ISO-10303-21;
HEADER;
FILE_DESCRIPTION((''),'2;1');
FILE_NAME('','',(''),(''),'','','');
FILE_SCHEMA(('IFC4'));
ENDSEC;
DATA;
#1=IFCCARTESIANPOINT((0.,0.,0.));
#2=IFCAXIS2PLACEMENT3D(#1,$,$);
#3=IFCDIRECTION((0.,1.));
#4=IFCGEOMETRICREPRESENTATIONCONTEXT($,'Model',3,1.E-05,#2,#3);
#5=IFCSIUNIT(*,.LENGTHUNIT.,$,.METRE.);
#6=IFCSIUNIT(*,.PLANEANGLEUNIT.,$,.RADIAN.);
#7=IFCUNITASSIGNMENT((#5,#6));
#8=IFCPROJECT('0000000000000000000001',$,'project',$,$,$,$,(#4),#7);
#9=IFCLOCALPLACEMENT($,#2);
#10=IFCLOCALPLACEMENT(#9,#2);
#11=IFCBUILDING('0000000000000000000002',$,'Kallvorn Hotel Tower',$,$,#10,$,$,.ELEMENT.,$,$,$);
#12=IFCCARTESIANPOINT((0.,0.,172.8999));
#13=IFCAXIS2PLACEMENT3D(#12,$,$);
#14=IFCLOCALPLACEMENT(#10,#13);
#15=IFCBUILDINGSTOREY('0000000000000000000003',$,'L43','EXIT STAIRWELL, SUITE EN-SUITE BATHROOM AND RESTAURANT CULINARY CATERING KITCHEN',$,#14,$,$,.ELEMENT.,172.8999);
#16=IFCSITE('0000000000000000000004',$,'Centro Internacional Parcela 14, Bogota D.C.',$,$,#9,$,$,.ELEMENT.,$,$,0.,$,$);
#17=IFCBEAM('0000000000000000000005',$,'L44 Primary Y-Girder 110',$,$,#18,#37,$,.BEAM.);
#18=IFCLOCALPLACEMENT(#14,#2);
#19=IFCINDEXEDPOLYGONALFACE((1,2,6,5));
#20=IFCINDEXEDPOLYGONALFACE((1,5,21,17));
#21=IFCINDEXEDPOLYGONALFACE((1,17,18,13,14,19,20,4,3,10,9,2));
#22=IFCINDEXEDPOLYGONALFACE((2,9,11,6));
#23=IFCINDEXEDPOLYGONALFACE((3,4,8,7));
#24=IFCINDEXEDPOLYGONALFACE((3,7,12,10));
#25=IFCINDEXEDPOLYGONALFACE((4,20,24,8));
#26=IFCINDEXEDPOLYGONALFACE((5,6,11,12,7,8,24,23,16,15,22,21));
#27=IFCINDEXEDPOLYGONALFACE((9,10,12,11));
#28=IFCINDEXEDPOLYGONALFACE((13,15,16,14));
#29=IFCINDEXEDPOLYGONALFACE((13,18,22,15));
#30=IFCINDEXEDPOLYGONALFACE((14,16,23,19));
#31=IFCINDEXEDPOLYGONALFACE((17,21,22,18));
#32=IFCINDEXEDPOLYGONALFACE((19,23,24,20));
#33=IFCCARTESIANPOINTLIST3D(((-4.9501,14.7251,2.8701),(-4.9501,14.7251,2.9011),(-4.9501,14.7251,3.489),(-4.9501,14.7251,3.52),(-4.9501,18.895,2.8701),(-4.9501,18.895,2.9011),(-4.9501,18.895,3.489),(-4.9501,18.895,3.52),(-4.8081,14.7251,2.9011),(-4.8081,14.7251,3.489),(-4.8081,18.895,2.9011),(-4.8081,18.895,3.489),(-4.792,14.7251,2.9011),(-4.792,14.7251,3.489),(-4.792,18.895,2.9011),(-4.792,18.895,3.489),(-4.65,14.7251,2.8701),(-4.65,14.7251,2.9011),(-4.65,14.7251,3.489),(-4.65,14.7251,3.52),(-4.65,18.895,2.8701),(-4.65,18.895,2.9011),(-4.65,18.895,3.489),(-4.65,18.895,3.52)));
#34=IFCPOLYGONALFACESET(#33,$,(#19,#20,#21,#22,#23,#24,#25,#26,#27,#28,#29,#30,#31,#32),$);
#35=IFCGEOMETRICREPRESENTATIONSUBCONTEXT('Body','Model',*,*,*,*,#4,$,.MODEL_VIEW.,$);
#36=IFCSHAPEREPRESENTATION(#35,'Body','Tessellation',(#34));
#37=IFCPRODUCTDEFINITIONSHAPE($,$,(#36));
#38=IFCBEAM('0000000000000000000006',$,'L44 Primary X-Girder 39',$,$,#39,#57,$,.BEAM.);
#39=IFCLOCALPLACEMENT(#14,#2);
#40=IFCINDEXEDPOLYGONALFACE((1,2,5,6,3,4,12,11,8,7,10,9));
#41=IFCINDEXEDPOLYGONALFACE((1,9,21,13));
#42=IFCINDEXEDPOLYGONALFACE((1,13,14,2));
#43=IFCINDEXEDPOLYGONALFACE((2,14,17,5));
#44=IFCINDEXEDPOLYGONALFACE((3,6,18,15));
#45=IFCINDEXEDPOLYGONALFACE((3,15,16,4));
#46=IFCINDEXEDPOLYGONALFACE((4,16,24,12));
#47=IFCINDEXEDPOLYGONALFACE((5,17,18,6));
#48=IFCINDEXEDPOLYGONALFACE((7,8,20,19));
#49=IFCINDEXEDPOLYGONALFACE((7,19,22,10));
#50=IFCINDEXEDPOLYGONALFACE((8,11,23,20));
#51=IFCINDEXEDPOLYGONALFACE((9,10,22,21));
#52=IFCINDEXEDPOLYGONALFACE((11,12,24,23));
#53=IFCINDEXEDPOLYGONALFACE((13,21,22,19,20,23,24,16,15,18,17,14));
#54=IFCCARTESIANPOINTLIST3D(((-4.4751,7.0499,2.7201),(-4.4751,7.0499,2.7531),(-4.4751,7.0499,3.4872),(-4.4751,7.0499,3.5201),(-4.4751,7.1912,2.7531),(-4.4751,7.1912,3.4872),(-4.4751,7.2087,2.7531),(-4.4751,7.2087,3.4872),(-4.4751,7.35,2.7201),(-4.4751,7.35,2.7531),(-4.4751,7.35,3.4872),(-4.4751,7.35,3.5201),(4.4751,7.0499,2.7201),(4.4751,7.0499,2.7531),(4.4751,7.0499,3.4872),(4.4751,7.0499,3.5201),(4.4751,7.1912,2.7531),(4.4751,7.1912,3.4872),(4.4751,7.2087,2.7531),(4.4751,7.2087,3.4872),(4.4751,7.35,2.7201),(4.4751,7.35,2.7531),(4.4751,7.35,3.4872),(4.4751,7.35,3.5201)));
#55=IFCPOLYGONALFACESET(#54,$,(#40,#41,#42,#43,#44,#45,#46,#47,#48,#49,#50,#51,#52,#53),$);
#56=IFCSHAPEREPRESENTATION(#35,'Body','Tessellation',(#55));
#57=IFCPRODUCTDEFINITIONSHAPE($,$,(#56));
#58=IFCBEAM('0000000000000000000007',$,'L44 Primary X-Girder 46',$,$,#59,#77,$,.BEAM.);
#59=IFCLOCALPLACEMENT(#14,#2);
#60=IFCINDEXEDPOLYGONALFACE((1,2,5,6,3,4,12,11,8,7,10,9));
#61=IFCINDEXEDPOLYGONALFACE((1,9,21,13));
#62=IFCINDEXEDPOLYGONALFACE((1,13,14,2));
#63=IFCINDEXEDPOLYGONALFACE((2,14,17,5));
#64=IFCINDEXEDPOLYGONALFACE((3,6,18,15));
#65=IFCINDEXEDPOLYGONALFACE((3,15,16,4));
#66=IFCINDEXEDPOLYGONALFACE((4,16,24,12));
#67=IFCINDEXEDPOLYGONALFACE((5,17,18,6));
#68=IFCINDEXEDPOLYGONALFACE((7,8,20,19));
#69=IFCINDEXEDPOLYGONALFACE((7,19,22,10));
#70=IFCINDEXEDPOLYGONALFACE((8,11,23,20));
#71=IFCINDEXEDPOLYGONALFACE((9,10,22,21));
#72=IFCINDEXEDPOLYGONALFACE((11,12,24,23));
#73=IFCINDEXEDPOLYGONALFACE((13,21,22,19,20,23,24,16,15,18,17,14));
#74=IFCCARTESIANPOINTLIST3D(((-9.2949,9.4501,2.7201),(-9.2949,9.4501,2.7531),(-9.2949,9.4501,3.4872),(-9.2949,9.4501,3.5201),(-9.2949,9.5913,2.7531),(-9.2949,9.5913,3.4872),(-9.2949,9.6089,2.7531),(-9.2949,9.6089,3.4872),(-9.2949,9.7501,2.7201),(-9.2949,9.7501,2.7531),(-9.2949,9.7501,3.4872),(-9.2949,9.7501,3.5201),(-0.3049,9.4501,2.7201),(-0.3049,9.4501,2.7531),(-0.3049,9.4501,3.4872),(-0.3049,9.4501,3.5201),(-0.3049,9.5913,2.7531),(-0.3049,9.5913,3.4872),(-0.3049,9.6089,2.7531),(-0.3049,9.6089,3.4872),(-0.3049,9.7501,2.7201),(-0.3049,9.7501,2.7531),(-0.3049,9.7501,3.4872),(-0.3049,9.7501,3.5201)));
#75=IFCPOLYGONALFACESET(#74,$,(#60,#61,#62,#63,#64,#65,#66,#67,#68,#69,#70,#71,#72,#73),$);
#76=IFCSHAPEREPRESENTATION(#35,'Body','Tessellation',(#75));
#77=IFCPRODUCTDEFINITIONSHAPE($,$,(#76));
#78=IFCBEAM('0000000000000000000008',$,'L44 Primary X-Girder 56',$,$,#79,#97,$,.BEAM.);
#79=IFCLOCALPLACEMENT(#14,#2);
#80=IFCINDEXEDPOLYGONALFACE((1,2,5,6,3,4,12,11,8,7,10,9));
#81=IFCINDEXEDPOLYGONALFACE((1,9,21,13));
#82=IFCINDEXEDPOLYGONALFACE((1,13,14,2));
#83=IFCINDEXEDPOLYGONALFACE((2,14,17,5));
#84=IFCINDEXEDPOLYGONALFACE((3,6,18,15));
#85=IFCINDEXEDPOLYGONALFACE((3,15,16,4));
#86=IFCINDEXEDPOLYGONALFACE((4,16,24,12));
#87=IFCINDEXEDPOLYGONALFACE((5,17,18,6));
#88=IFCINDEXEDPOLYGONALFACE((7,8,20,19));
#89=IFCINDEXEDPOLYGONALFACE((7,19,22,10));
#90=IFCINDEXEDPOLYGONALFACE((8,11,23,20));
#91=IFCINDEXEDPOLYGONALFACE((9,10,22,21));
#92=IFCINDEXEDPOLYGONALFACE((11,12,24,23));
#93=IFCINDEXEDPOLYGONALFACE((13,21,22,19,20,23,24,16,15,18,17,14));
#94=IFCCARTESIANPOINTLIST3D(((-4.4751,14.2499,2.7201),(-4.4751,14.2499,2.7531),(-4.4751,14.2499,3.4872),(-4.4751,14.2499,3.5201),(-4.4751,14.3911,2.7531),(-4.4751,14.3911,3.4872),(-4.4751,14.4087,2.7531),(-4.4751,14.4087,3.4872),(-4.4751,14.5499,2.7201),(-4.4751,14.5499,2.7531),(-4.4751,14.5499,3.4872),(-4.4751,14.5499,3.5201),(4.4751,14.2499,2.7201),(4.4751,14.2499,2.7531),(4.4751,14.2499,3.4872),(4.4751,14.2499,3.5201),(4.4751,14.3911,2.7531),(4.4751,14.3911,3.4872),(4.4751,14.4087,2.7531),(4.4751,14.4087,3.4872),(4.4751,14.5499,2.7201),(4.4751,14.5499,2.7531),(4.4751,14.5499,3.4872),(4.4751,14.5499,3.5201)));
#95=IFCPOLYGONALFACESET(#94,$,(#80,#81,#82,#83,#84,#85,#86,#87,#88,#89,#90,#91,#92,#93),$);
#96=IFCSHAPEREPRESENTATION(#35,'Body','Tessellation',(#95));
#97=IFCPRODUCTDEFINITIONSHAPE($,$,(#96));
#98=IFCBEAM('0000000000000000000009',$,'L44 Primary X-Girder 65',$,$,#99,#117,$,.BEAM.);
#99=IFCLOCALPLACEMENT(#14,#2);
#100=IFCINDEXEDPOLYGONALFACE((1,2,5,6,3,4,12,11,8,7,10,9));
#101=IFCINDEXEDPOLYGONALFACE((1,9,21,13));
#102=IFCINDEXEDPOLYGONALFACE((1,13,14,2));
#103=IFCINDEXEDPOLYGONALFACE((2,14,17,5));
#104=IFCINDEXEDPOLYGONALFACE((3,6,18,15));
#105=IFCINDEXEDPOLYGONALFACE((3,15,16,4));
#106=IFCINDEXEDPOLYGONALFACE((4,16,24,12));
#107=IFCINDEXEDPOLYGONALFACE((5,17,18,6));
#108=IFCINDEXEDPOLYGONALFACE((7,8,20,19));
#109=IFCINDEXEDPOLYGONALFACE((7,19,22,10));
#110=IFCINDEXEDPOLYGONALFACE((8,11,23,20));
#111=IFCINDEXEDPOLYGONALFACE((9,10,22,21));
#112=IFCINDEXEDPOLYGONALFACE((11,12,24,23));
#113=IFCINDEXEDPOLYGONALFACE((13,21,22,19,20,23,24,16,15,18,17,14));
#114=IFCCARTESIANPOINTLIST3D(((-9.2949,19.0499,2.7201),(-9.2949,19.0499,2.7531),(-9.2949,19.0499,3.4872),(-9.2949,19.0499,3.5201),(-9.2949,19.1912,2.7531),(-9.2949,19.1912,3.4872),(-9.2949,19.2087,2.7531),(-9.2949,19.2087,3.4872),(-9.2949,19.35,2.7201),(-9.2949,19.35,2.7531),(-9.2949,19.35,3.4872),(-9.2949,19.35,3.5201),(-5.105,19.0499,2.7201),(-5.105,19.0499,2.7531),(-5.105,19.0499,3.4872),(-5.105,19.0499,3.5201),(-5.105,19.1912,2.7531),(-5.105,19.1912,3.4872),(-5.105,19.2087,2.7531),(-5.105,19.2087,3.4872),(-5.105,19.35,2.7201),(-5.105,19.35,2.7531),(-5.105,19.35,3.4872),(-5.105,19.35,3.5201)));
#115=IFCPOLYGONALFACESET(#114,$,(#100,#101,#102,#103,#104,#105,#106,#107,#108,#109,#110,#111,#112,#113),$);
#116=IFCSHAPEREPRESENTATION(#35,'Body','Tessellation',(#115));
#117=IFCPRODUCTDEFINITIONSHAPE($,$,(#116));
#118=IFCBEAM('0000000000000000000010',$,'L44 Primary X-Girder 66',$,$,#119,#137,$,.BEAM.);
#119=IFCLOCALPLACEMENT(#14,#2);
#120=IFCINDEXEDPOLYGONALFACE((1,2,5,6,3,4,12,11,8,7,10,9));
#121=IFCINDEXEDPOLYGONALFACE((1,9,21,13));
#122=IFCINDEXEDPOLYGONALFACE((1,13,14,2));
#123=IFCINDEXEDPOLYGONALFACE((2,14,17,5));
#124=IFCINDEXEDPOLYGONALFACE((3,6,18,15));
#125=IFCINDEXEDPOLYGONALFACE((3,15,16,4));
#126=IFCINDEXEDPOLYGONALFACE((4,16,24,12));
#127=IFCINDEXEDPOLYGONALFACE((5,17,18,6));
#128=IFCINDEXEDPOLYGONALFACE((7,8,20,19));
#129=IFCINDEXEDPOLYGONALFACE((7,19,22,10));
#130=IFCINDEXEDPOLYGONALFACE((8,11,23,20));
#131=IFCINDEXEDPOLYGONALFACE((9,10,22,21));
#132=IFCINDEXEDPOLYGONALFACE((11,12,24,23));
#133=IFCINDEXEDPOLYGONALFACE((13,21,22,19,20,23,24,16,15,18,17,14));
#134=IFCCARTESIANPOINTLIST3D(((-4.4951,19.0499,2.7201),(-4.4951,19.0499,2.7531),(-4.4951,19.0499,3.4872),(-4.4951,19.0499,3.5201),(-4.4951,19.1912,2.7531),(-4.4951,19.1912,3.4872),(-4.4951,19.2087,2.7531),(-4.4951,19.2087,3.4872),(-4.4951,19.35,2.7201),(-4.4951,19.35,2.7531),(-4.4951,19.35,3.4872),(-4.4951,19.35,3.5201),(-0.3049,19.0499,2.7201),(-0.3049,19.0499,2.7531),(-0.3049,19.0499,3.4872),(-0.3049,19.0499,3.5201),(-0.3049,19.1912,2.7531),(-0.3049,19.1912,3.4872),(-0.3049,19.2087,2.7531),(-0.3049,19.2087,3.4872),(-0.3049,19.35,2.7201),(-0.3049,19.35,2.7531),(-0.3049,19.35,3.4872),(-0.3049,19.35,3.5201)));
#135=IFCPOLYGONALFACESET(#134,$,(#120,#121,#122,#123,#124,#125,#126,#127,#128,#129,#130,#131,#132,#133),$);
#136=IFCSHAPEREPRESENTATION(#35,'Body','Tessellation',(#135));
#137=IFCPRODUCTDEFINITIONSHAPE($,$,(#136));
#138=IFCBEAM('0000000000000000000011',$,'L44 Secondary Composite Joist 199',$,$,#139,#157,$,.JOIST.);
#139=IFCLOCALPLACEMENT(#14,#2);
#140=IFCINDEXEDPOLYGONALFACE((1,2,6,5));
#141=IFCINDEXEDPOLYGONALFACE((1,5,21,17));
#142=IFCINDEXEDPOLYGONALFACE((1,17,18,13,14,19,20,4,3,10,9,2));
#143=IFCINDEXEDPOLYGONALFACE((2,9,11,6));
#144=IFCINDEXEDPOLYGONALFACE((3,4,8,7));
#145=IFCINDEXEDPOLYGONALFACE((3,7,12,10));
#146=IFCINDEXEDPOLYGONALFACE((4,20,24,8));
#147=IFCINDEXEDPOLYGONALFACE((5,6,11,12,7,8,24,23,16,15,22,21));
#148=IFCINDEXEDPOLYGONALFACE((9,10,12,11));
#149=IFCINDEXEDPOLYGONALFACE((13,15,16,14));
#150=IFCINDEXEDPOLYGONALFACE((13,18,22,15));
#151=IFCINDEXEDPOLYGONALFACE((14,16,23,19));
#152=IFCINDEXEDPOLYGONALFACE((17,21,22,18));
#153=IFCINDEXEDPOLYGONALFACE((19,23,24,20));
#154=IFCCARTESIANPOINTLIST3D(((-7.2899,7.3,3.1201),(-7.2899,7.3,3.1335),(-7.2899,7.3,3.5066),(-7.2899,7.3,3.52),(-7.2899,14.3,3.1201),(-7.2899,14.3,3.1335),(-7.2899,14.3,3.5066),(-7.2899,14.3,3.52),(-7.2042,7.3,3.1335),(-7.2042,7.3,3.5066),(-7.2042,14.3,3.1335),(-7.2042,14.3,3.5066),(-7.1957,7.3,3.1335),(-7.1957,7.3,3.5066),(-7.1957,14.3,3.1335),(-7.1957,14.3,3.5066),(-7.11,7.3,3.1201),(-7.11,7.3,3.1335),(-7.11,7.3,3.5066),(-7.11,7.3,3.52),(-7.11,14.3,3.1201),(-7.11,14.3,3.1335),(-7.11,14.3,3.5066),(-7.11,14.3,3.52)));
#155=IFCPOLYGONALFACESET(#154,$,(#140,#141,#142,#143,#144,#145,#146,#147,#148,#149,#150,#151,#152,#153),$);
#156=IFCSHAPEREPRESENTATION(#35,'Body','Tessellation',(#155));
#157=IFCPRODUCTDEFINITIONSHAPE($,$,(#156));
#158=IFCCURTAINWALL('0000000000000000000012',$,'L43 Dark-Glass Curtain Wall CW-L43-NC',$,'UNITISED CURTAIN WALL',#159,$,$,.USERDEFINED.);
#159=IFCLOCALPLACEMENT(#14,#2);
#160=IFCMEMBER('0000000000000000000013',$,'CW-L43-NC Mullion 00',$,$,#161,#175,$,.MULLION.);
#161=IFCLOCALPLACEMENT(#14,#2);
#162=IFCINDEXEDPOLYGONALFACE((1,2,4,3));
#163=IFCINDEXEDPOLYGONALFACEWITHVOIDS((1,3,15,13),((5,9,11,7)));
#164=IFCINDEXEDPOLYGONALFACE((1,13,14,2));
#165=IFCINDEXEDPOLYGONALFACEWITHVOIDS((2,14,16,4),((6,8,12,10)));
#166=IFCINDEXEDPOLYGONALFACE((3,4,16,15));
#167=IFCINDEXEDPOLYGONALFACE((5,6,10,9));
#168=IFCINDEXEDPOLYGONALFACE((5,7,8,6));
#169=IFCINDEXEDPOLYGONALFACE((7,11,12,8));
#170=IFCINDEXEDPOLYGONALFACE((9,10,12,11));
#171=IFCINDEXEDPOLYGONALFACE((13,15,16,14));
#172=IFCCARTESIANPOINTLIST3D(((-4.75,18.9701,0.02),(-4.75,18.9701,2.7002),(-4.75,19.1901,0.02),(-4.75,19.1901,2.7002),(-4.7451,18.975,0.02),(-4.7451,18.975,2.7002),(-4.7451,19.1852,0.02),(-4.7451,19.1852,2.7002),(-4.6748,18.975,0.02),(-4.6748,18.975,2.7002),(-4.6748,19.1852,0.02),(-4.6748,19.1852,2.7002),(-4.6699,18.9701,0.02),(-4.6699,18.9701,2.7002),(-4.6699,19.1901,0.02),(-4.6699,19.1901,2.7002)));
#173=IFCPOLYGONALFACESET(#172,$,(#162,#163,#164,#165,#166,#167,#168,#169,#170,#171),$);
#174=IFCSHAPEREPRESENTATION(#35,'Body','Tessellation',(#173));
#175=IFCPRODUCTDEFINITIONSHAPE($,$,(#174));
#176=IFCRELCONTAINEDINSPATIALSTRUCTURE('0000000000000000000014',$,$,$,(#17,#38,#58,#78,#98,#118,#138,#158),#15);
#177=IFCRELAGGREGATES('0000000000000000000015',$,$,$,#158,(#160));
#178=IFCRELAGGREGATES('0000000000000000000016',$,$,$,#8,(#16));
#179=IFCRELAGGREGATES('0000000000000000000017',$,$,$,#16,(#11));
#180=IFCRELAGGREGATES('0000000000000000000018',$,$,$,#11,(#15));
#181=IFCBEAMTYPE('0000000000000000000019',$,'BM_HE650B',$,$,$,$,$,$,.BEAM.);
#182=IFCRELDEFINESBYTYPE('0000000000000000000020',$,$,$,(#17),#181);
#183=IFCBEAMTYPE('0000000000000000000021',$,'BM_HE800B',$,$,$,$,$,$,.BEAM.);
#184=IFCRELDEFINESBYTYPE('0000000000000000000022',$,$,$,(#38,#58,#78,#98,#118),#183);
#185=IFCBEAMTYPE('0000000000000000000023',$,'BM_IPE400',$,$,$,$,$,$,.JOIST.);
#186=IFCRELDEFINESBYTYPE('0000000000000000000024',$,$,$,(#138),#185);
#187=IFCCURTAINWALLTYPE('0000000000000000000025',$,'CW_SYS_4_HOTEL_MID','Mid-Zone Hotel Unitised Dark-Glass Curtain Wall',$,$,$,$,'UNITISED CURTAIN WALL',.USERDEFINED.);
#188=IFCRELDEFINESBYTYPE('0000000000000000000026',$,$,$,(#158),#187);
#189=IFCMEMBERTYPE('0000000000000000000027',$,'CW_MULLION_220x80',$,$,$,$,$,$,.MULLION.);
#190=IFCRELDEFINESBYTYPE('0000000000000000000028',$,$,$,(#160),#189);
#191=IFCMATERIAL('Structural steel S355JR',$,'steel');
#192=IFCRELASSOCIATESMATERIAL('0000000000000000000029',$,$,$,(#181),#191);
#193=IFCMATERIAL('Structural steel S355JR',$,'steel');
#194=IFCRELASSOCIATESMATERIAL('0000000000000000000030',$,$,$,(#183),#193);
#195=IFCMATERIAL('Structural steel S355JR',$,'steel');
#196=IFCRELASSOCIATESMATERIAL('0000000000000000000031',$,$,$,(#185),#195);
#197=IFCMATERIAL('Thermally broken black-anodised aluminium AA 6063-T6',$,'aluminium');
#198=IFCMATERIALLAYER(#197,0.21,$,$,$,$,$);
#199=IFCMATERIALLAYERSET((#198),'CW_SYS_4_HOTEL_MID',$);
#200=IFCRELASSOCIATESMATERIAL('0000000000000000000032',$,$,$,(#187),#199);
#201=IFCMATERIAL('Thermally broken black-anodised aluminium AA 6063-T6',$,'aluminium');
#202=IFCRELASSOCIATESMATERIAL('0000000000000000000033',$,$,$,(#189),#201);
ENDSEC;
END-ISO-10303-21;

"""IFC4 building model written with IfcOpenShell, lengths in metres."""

from ifc_helpers import new_model, si_unit, direction, frame, origin, origin_2d, place, context, subcontext, project, spatial, hollow_rectangle, i_section, extrude, material, layer, layer_set, material_profile, profile_set, type_object, element, aggregate, save


model = new_model("IFC4")

# Units and contexts
model_context = context("Model", 3, precision=1e-05, world=origin(), true_north=direction((0.0, 1.0)))
body_context = subcontext(model_context, "Body", "Model", "MODEL_VIEW")
ifc_project = project(units=[si_unit("LENGTHUNIT", "METRE"), si_unit("PLANEANGLEUNIT", "RADIAN")], contexts=[model_context])

# Site, building, storey
site_placement = place(None, origin())
site = spatial("IfcSite", under=ifc_project, at=site_placement, Name="Centro Internacional Parcela 14, Bogota D.C.", CompositionType="ELEMENT", RefElevation=0.0)
building_placement = place(site_placement, origin())
building = spatial("IfcBuilding", under=site, at=building_placement, Name="Kallvorn Hotel Tower", CompositionType="ELEMENT")
storey_placement = place(building_placement, frame((0.0, 0.0, 172.8999)))
storey = spatial("IfcBuildingStorey", under=building, at=storey_placement, Name="L43", Description="EXIT STAIRWELL, SUITE EN-SUITE BATHROOM AND RESTAURANT CULINARY CATERING KITCHEN", CompositionType="ELEMENT", Elevation=172.8999)

# Beams
ifc_material_1 = material(Name="Structural steel S355JR", Category="steel")
ifc_material_profile_1 = material_profile(ifc_material_1, i_section(OverallWidth=0.3, OverallDepth=0.6499, WebThickness=0.0161, FlangeThickness=0.031, at=origin_2d()), Name="HE 650 B")
ifc_profile_set_1 = profile_set([ifc_material_profile_1], Name="Structural steel S355JR")
beam_type_1 = type_object("IfcBeamType", Name="BM_HE650B", PredefinedType="BEAM", material=ifc_profile_set_1)
beam_1_placement = place(storey_placement, frame((-4.8, 14.7251, 3.1951), z_axis=(0.0, 1.0, 0.0), x_axis=(-1.0, 0.0, 0.0)))
element("IfcBeam", 1, at=beam_1_placement, inside=storey, type_object=beam_type_1, Name="L44 Primary Y-Girder 110", PredefinedType="BEAM", context=body_context, shape_type="SweptSolid", body=[
    extrude(i_section(OverallWidth=0.3, OverallDepth=0.6499, WebThickness=0.0161, FlangeThickness=0.031, at=origin_2d()), origin(), (0.0, 0.0, 1.0), 4.1699),
])
ifc_material_2 = material(Name="Structural steel S355JR", Category="steel")
ifc_material_profile_2 = material_profile(ifc_material_2, i_section(OverallWidth=0.3, OverallDepth=0.8, WebThickness=0.0176, FlangeThickness=0.033, at=origin_2d()), Name="HE 800 B")
ifc_profile_set_2 = profile_set([ifc_material_profile_2], Name="Structural steel S355JR")
beam_type_2 = type_object("IfcBeamType", Name="BM_HE800B", PredefinedType="BEAM", material=ifc_profile_set_2)
beam_2_placement = place(storey_placement, frame((-4.4751, 7.2, 3.1201), z_axis=(1.0, 0.0, 0.0), x_axis=(0.0, 1.0, 0.0)))
element("IfcBeam", 2, at=beam_2_placement, inside=storey, type_object=beam_type_2, Name="L44 Primary X-Girder 39", PredefinedType="BEAM", context=body_context, shape_type="SweptSolid", body=[
    extrude(i_section(OverallWidth=0.3, OverallDepth=0.8, WebThickness=0.0176, FlangeThickness=0.033, at=origin_2d()), origin(), (0.0, 0.0, 1.0), 8.9502),
])
beam_3_placement = place(storey_placement, frame((-9.2949, 9.6001, 3.1201), z_axis=(1.0, 0.0, 0.0), x_axis=(0.0, 1.0, 0.0)))
element("IfcBeam", 3, at=beam_3_placement, inside=storey, type_object=beam_type_2, Name="L44 Primary X-Girder 46", PredefinedType="BEAM", context=body_context, shape_type="SweptSolid", body=[
    extrude(i_section(OverallWidth=0.3, OverallDepth=0.8, WebThickness=0.0176, FlangeThickness=0.033, at=origin_2d()), origin(), (0.0, 0.0, 1.0), 8.99),
])
beam_4_placement = place(storey_placement, frame((-4.4751, 14.3999, 3.1201), z_axis=(1.0, 0.0, 0.0), x_axis=(0.0, 1.0, 0.0)))
element("IfcBeam", 4, at=beam_4_placement, inside=storey, type_object=beam_type_2, Name="L44 Primary X-Girder 56", PredefinedType="BEAM", context=body_context, shape_type="SweptSolid", body=[
    extrude(i_section(OverallWidth=0.3, OverallDepth=0.8, WebThickness=0.0176, FlangeThickness=0.033, at=origin_2d()), origin(), (0.0, 0.0, 1.0), 8.9502),
])
beam_5_placement = place(storey_placement, frame((-9.2949, 19.2, 3.1201), z_axis=(1.0, 0.0, 0.0), x_axis=(0.0, 1.0, 0.0)))
element("IfcBeam", 5, at=beam_5_placement, inside=storey, type_object=beam_type_2, Name="L44 Primary X-Girder 65", PredefinedType="BEAM", context=body_context, shape_type="SweptSolid", body=[
    extrude(i_section(OverallWidth=0.3, OverallDepth=0.8, WebThickness=0.0176, FlangeThickness=0.033, at=origin_2d()), origin(), (0.0, 0.0, 1.0), 4.1899),
])
beam_6_placement = place(storey_placement, frame((-4.4951, 19.2, 3.1201), z_axis=(1.0, 0.0, 0.0), x_axis=(0.0, 1.0, 0.0)))
element("IfcBeam", 6, at=beam_6_placement, inside=storey, type_object=beam_type_2, Name="L44 Primary X-Girder 66", PredefinedType="BEAM", context=body_context, shape_type="SweptSolid", body=[
    extrude(i_section(OverallWidth=0.3, OverallDepth=0.8, WebThickness=0.0176, FlangeThickness=0.033, at=origin_2d()), origin(), (0.0, 0.0, 1.0), 4.1902),
])
ifc_material_3 = material(Name="Structural steel S355JR", Category="steel")
ifc_material_profile_3 = material_profile(ifc_material_3, i_section(OverallWidth=0.1799, OverallDepth=0.3999, WebThickness=0.0085, FlangeThickness=0.0134, at=origin_2d()), Name="IPE 400")
ifc_profile_set_3 = profile_set([ifc_material_profile_3], Name="Structural steel S355JR")
beam_type_3 = type_object("IfcBeamType", Name="BM_IPE400", PredefinedType="JOIST", material=ifc_profile_set_3)
beam_7_placement = place(storey_placement, frame((-7.2, 7.3, 3.3201), z_axis=(0.0, 1.0, 0.0), x_axis=(-1.0, 0.0, 0.0)))
element("IfcBeam", 7, at=beam_7_placement, inside=storey, type_object=beam_type_3, Name="L44 Secondary Composite Joist 199", PredefinedType="JOIST", context=body_context, shape_type="SweptSolid", body=[
    extrude(i_section(OverallWidth=0.1799, OverallDepth=0.3999, WebThickness=0.0085, FlangeThickness=0.0134, at=origin_2d()), origin(), (0.0, 0.0, 1.0), 7.0),
])

# Curtain wall, member
ifc_material_4 = material(Name="Thermally broken black-anodised aluminium AA 6063-T6", Category="aluminium")
ifc_layer_1 = layer(ifc_material_4, 0.21)
ifc_layer_set_1 = layer_set([ifc_layer_1], Name="CW_SYS_4_HOTEL_MID")
curtain_wall_type = type_object("IfcCurtainWallType", Name="CW_SYS_4_HOTEL_MID", Description="Mid-Zone Hotel Unitised Dark-Glass Curtain Wall", ElementType="UNITISED CURTAIN WALL", PredefinedType="USERDEFINED", material=ifc_layer_set_1)
curtain_wall_placement = place(storey_placement, origin())
curtain_wall = element("IfcCurtainWall", 8, at=curtain_wall_placement, inside=storey, type_object=curtain_wall_type, Name="L43 Dark-Glass Curtain Wall CW-L43-NC", ObjectType="UNITISED CURTAIN WALL", PredefinedType="USERDEFINED")
ifc_material_5 = material(Name="Thermally broken black-anodised aluminium AA 6063-T6", Category="aluminium")
ifc_material_profile_4 = material_profile(ifc_material_5, hollow_rectangle(XDim=0.0801, YDim=0.22, WallThickness=0.0049, at=origin_2d()), Name="MUL 220x80")
ifc_profile_set_4 = profile_set([ifc_material_profile_4], Name="Thermally broken black-anodised aluminium AA 6063-T6")
member_type_1 = type_object("IfcMemberType", Name="CW_MULLION_220x80", PredefinedType="MULLION", material=ifc_profile_set_4)
member_1_placement = place(storey_placement, frame((-4.71, 19.0801, 0.02), z_axis=(0.0, 0.0, 1.0), x_axis=(1.0, 0.0, 0.0)))
member_1 = element("IfcMember", 9, at=member_1_placement, type_object=member_type_1, Name="CW-L43-NC Mullion 00", PredefinedType="MULLION", context=body_context, shape_type="SweptSolid", body=[
    extrude(hollow_rectangle(XDim=0.0801, YDim=0.22, WallThickness=0.0049, at=origin_2d()), origin(), (0.0, 0.0, 1.0), 2.6802),
])
aggregate(curtain_wall, [member_1])

save(model, "model.ifc")
